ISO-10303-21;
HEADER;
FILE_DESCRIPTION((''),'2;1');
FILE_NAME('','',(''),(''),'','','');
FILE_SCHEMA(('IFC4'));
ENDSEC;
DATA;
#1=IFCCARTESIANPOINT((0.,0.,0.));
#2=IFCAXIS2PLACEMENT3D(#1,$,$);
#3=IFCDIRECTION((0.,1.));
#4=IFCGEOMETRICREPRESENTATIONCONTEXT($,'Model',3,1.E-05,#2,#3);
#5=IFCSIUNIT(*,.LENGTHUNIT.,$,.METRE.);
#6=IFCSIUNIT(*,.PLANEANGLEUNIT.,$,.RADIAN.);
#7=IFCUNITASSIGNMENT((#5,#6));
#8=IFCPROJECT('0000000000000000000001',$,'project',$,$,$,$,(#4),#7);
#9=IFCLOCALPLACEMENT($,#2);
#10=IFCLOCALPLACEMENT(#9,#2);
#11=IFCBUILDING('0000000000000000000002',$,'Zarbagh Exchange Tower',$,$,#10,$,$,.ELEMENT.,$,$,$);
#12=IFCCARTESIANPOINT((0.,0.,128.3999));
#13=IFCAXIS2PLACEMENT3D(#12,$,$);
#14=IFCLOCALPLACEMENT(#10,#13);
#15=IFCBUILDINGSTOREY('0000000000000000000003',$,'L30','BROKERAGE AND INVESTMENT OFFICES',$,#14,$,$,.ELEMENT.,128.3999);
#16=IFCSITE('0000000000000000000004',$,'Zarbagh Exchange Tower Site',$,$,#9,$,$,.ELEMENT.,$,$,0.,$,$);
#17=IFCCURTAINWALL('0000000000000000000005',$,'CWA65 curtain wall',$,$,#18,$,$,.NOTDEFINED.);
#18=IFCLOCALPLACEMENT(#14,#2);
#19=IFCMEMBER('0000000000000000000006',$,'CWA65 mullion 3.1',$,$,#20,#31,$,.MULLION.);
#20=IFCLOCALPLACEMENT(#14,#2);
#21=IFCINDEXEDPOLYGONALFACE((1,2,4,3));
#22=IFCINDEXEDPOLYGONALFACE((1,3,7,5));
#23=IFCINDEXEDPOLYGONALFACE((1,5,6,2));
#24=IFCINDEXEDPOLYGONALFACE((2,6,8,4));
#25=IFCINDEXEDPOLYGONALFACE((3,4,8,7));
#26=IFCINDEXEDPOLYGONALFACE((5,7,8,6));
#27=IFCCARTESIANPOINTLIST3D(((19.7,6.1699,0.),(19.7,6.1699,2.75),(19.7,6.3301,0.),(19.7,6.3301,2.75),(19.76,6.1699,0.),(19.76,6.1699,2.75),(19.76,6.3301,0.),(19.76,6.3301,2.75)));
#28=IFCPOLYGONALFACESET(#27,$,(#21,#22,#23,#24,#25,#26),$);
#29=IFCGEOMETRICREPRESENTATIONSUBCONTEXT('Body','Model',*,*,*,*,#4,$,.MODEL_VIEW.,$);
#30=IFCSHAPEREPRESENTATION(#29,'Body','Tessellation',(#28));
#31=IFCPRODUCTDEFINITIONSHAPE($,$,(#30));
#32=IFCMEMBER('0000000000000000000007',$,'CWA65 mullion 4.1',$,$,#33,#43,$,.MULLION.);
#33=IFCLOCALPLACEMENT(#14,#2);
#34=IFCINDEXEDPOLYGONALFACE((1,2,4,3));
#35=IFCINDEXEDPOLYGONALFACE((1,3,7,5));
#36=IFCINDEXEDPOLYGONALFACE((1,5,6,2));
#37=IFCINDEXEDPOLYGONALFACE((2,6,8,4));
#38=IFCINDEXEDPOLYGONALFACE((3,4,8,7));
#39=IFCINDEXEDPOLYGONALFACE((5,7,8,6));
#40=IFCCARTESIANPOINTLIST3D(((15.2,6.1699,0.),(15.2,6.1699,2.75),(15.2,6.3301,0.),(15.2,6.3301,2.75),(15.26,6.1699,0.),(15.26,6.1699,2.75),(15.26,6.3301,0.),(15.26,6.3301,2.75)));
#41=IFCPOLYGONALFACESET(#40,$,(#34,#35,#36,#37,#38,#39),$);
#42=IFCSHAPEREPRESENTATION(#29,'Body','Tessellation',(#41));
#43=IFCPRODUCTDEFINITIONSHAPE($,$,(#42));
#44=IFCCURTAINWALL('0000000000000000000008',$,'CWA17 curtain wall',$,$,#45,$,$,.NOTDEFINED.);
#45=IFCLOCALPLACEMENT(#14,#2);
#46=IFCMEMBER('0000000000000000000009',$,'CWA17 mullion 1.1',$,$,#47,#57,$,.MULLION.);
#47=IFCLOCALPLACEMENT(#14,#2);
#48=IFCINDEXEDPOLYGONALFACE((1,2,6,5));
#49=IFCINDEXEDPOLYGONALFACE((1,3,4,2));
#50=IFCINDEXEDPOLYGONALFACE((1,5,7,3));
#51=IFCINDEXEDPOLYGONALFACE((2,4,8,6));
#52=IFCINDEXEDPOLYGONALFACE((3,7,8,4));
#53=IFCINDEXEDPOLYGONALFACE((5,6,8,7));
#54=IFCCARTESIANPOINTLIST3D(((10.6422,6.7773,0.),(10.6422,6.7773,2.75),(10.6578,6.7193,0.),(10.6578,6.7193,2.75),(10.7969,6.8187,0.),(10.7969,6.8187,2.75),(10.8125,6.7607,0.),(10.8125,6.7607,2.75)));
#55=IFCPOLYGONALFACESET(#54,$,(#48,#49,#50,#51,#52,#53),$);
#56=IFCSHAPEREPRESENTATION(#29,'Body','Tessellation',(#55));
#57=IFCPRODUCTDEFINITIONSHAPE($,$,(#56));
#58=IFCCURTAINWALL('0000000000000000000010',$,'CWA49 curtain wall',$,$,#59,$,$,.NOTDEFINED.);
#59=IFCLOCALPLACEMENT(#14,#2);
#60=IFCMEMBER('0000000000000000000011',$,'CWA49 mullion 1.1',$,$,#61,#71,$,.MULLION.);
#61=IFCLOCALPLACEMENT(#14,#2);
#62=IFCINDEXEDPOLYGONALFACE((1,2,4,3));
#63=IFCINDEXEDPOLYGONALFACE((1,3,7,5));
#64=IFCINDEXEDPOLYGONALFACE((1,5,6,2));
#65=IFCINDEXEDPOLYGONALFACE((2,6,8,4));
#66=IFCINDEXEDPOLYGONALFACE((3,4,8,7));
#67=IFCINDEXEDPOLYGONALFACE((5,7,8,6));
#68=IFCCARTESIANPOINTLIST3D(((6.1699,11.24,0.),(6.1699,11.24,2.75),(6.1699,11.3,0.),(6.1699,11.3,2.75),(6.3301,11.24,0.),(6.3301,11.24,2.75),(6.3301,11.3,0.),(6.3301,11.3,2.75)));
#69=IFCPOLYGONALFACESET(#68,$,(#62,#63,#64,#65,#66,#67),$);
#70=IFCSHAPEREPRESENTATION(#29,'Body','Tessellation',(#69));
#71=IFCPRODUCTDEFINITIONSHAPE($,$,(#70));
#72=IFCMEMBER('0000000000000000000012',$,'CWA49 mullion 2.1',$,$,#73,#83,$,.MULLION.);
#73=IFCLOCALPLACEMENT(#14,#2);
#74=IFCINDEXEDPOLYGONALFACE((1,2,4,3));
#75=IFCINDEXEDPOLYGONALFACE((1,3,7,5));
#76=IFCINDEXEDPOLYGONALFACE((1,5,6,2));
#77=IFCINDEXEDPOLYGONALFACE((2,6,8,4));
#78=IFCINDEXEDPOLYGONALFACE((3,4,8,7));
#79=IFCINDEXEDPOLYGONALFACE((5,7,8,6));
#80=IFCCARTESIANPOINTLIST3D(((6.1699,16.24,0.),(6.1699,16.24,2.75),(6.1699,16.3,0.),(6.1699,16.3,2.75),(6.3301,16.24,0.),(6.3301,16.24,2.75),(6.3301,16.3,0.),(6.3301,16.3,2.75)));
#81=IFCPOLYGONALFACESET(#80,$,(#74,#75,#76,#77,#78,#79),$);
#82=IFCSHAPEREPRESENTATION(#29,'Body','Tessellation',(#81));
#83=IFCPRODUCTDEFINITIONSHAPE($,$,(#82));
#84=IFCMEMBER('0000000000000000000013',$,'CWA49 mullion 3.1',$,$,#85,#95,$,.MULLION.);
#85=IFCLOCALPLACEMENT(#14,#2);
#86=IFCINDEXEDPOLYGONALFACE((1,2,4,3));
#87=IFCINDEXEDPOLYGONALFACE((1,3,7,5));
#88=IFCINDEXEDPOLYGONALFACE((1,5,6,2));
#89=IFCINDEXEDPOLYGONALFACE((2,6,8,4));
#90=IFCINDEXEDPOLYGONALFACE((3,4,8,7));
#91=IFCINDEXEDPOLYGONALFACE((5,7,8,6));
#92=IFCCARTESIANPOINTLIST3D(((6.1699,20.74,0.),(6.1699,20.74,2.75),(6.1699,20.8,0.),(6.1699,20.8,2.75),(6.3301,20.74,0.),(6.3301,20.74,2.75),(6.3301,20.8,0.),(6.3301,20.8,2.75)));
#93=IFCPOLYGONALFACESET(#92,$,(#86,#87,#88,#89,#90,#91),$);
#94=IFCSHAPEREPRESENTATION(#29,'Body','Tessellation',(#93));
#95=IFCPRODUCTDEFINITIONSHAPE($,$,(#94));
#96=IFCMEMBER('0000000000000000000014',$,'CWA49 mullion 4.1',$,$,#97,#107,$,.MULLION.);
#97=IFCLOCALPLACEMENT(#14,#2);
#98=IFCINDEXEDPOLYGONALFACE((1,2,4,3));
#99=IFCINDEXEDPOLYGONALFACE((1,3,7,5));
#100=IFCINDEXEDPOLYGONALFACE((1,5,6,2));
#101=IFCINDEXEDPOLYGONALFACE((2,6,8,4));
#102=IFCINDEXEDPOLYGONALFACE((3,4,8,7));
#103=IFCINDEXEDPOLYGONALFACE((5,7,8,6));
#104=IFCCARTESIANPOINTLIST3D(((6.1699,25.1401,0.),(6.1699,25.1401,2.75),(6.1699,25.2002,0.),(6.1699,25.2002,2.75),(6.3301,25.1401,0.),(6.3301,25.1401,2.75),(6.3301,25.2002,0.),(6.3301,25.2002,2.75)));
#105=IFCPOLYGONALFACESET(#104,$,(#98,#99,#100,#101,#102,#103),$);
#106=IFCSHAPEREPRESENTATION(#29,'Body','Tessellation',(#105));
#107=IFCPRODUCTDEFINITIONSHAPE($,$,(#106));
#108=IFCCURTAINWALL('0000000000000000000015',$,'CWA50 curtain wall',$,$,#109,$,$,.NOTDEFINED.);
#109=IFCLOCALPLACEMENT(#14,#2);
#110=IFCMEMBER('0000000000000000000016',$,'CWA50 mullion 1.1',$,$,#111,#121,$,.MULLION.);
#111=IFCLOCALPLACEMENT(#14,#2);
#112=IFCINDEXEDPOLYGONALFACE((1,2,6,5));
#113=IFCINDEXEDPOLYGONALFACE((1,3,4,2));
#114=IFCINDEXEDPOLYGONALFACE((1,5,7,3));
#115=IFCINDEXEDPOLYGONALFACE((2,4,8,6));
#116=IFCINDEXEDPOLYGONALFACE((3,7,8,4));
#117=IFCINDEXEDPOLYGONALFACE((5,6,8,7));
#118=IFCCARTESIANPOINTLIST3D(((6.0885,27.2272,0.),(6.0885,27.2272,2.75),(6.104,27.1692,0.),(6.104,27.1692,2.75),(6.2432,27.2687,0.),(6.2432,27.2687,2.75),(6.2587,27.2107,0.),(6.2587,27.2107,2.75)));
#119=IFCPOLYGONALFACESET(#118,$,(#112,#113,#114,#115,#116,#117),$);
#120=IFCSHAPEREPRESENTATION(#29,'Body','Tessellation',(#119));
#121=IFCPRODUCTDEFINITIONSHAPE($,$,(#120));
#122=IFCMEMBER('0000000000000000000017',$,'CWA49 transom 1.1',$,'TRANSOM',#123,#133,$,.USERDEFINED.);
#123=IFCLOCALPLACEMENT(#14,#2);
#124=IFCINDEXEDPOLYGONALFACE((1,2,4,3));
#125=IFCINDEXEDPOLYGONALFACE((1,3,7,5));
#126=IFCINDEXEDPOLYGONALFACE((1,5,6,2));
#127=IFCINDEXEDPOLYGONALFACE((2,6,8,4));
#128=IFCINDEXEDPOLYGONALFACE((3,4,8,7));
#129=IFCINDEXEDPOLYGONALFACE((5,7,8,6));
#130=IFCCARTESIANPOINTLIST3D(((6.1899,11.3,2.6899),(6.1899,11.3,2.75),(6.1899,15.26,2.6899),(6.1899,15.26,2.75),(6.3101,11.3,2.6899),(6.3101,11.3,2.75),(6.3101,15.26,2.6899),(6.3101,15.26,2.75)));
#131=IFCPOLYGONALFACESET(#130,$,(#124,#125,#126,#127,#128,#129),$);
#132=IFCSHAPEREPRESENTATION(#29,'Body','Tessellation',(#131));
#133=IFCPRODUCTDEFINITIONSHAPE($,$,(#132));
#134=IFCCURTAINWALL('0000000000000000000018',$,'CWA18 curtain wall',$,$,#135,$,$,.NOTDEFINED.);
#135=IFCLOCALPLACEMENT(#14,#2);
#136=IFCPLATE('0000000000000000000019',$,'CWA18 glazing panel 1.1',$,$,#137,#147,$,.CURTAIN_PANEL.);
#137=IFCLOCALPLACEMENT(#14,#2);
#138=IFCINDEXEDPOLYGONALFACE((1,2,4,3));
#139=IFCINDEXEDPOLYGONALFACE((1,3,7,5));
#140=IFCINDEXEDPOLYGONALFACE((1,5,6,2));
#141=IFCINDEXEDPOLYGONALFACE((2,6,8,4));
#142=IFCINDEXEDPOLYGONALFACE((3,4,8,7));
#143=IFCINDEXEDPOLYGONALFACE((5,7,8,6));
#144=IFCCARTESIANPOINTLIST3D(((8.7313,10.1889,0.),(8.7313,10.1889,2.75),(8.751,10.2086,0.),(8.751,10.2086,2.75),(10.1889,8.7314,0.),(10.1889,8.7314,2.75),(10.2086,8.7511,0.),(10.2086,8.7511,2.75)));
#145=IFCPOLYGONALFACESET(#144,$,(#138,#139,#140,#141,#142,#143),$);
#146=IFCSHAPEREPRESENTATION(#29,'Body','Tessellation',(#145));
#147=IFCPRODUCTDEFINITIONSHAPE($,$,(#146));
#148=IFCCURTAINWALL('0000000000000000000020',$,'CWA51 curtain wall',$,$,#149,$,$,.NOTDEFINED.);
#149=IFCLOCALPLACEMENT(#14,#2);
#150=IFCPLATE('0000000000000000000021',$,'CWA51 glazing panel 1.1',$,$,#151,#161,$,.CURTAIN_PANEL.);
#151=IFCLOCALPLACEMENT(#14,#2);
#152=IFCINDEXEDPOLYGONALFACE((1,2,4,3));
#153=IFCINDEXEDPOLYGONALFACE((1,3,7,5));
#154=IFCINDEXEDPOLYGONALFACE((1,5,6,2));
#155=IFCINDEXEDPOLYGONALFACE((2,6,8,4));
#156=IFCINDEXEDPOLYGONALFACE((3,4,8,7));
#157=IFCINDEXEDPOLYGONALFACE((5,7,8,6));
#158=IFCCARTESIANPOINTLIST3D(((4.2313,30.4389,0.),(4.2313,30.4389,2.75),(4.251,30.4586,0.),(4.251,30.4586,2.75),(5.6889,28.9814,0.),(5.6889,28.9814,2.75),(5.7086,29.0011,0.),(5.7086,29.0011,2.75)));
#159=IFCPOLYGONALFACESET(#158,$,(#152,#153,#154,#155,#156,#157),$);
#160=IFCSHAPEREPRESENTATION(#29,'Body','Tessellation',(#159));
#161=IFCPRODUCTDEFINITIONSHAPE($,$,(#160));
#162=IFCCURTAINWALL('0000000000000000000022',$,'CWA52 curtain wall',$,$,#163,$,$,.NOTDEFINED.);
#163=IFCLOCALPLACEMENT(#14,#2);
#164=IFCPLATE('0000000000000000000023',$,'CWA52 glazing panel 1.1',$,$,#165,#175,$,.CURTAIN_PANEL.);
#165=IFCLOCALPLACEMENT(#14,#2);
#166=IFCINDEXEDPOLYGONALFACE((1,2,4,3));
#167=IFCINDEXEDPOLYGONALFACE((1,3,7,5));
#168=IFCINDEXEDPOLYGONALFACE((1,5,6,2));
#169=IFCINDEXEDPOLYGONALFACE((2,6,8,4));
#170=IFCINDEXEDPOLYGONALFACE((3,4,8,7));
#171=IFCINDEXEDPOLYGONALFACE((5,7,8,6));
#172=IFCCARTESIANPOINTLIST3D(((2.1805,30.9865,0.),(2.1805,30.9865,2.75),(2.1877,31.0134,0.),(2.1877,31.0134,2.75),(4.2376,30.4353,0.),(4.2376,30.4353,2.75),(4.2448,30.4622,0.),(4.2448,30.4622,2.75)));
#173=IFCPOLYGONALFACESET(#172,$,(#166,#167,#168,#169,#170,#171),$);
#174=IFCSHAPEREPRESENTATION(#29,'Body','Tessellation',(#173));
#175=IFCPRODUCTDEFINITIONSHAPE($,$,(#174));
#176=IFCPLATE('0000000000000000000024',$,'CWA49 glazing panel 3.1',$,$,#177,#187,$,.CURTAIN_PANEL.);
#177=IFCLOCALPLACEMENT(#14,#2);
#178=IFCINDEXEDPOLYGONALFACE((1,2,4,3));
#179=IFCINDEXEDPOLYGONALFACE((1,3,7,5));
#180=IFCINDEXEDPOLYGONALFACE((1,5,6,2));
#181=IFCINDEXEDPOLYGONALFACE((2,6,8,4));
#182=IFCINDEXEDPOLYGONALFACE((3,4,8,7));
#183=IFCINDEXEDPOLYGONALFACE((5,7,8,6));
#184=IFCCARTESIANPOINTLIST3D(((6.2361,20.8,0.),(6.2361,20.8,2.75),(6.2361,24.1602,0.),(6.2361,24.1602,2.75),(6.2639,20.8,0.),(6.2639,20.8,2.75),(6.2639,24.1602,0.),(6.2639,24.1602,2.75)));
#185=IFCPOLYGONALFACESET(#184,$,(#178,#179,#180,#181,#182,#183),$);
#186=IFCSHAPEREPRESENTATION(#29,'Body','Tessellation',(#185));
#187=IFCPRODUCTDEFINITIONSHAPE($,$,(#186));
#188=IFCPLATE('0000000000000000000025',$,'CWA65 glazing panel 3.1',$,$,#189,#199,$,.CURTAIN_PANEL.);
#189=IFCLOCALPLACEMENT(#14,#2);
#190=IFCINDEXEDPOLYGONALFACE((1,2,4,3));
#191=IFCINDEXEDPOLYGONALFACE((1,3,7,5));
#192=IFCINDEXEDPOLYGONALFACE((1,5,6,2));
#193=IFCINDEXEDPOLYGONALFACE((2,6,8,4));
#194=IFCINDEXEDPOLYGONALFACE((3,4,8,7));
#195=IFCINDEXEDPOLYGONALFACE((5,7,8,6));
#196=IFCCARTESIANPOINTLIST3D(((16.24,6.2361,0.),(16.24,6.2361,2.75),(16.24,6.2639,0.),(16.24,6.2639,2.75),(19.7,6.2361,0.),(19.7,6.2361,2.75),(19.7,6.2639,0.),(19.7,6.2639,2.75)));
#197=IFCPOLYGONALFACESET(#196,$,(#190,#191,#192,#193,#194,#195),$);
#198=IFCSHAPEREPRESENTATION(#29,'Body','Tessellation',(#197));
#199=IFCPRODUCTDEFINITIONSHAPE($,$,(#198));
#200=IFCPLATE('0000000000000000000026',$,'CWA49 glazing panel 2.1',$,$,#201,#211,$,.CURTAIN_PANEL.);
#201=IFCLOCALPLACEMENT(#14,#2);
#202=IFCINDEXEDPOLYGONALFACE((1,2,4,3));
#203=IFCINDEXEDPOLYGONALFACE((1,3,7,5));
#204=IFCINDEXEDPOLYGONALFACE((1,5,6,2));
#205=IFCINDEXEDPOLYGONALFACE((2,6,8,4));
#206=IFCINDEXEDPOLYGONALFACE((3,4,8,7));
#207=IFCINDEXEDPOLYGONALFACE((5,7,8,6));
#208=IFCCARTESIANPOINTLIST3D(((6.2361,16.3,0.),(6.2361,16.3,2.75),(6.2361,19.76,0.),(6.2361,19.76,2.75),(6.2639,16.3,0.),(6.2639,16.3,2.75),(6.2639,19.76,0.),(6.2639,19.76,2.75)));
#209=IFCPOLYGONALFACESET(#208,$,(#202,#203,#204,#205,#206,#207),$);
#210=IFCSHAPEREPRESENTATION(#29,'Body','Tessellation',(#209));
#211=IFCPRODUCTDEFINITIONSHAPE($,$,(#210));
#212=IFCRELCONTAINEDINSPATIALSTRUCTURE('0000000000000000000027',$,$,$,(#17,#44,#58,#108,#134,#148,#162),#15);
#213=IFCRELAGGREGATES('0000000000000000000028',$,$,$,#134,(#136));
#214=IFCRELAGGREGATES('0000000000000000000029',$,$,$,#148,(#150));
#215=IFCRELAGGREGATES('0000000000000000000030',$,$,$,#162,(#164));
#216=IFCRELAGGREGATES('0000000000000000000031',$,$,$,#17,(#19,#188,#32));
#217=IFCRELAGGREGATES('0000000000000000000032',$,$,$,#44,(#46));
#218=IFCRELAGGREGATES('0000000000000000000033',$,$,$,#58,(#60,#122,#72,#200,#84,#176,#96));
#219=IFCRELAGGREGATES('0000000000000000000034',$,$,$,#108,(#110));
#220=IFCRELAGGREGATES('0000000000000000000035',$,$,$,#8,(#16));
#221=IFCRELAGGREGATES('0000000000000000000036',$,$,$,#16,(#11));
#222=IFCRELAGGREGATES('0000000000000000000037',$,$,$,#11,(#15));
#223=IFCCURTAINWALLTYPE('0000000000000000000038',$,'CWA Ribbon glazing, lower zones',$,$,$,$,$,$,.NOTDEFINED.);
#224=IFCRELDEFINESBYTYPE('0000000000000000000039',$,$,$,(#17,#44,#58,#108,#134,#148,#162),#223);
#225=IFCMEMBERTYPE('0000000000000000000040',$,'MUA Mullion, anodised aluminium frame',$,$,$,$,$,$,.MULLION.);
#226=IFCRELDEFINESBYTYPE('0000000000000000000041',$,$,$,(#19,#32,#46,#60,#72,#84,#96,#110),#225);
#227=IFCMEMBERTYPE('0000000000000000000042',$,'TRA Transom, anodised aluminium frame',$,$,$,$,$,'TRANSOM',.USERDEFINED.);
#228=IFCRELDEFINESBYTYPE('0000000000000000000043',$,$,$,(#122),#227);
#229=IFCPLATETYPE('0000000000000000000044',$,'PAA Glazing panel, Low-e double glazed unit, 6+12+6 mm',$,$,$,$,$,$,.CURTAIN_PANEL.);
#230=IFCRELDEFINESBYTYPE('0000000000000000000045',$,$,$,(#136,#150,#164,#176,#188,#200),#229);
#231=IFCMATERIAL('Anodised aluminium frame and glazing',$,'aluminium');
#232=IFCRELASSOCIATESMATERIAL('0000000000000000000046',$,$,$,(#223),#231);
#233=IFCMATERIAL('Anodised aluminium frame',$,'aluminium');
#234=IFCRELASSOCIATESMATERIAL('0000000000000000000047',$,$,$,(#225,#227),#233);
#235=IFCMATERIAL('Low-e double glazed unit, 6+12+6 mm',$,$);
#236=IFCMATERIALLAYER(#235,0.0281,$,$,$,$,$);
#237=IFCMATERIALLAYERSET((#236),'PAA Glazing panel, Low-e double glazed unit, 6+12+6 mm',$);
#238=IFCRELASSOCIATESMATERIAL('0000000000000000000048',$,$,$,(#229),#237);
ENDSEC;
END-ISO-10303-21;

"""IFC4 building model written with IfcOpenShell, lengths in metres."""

from ifc_helpers import new_model, si_unit, direction, frame, origin, place, context, subcontext, project, spatial, polyline, outline, extrude, source, transform, mapped, material, layer, layer_set, type_object, element, aggregate, save


model = new_model("IFC4")

# Units and contexts
model_context = context("Model", 3, precision=1e-05, world=origin(), true_north=direction((0.0, 1.0)))
body_context = subcontext(model_context, "Body", "Model", "MODEL_VIEW")
ifc_project = project(units=[si_unit("LENGTHUNIT", "METRE"), si_unit("PLANEANGLEUNIT", "RADIAN")], contexts=[model_context])

# Site, building, storey
site_placement = place(None, origin())
site = spatial("IfcSite", under=ifc_project, at=site_placement, Name="Zarbagh Exchange Tower Site", CompositionType="ELEMENT", RefElevation=0.0)
building_placement = place(site_placement, origin())
building = spatial("IfcBuilding", under=site, at=building_placement, Name="Zarbagh Exchange Tower", CompositionType="ELEMENT")
storey_placement = place(building_placement, frame((0.0, 0.0, 128.3999)))
storey = spatial("IfcBuildingStorey", under=building, at=storey_placement, Name="L30", Description="BROKERAGE AND INVESTMENT OFFICES", CompositionType="ELEMENT", Elevation=128.3999)

# Curtain wall, members
ifc_material_1 = material(Name="Anodised aluminium frame and glazing", Category="aluminium")
curtain_wall_type = type_object("IfcCurtainWallType", Name="CWA Ribbon glazing, lower zones", PredefinedType="NOTDEFINED", material=ifc_material_1)
curtain_wall_1_placement = place(storey_placement, origin())
curtain_wall_1 = element("IfcCurtainWall", 1, at=curtain_wall_1_placement, inside=storey, type_object=curtain_wall_type, Name="CWA65 curtain wall", PredefinedType="NOTDEFINED")
ifc_material_2 = material(Name="Anodised aluminium frame", Category="aluminium")
member_type_1 = type_object("IfcMemberType", Name="MUA Mullion, anodised aluminium frame", PredefinedType="MULLION", material=ifc_material_2)
shared_shape_1 = source(origin(), body_context, "Body", "SweptSolid", [
    extrude(outline(polyline([(0.0, -0.0801), (0.0601, -0.0801), (0.0601, 0.0801), (0.0, 0.0801), (0.0, -0.0801)])), origin(), (0.0, 0.0, 1.0), 2.75),
])
placement = place(storey_placement, origin())
member_1 = element("IfcMember", 2, at=placement, type_object=member_type_1, Name="CWA65 mullion 3.1", PredefinedType="MULLION", context=body_context, shape_type="MappedRepresentation", body=[
    mapped(shared_shape_1, transform((19.76, 6.25, 0.0), x_axis=(-1.0, 0.0, 0.0), y_axis=(0.0, -1.0, 0.0), z_axis=(0.0, 0.0, 1.0))),
])
member_2 = element("IfcMember", 3, at=placement, type_object=member_type_1, Name="CWA65 mullion 4.1", PredefinedType="MULLION", context=body_context, shape_type="MappedRepresentation", body=[
    mapped(shared_shape_1, transform((15.26, 6.25, 0.0), x_axis=(-1.0, 0.0, 0.0), y_axis=(0.0, -1.0, 0.0), z_axis=(0.0, 0.0, 1.0))),
])

# Curtain wall, member
curtain_wall_2_placement = place(storey_placement, origin())
curtain_wall_2 = element("IfcCurtainWall", 4, at=curtain_wall_2_placement, inside=storey, type_object=curtain_wall_type, Name="CWA17 curtain wall", PredefinedType="NOTDEFINED")
member_3 = element("IfcMember", 5, at=placement, type_object=member_type_1, Name="CWA17 mullion 1.1", PredefinedType="MULLION", context=body_context, shape_type="MappedRepresentation", body=[
    mapped(shared_shape_1, transform((10.7351, 6.74, 0.0), x_axis=(-0.258825, 0.965924, 0.0), y_axis=(-0.965924, -0.258825, 0.0), z_axis=(0.0, 0.0, 1.0))),
])

# Curtain wall, members
curtain_wall_3_placement = place(storey_placement, origin())
curtain_wall_3 = element("IfcCurtainWall", 6, at=curtain_wall_3_placement, inside=storey, type_object=curtain_wall_type, Name="CWA49 curtain wall", PredefinedType="NOTDEFINED")
member_4 = element("IfcMember", 7, at=placement, type_object=member_type_1, Name="CWA49 mullion 1.1", PredefinedType="MULLION", context=body_context, shape_type="MappedRepresentation", body=[
    mapped(shared_shape_1, transform((6.25, 11.24, 0.0), x_axis=(0.0, 1.0, 0.0), y_axis=(-1.0, 0.0, 0.0), z_axis=(0.0, 0.0, 1.0))),
])
member_5 = element("IfcMember", 8, at=placement, type_object=member_type_1, Name="CWA49 mullion 2.1", PredefinedType="MULLION", context=body_context, shape_type="MappedRepresentation", body=[
    mapped(shared_shape_1, transform((6.25, 16.24, 0.0), x_axis=(0.0, 1.0, 0.0), y_axis=(-1.0, 0.0, 0.0), z_axis=(0.0, 0.0, 1.0))),
])
member_6 = element("IfcMember", 9, at=placement, type_object=member_type_1, Name="CWA49 mullion 3.1", PredefinedType="MULLION", context=body_context, shape_type="MappedRepresentation", body=[
    mapped(shared_shape_1, transform((6.25, 20.74, 0.0), x_axis=(0.0, 1.0, 0.0), y_axis=(-1.0, 0.0, 0.0), z_axis=(0.0, 0.0, 1.0))),
])
member_7 = element("IfcMember", 10, at=placement, type_object=member_type_1, Name="CWA49 mullion 4.1", PredefinedType="MULLION", context=body_context, shape_type="MappedRepresentation", body=[
    mapped(shared_shape_1, transform((6.25, 25.1401, 0.0), x_axis=(0.0, 1.0, 0.0), y_axis=(-1.0, 0.0, 0.0), z_axis=(0.0, 0.0, 1.0))),
])

# Curtain wall, member
curtain_wall_4_placement = place(storey_placement, origin())
curtain_wall_4 = element("IfcCurtainWall", 11, at=curtain_wall_4_placement, inside=storey, type_object=curtain_wall_type, Name="CWA50 curtain wall", PredefinedType="NOTDEFINED")
member_8 = element("IfcMember", 12, at=placement, type_object=member_type_1, Name="CWA50 mullion 1.1", PredefinedType="MULLION", context=body_context, shape_type="MappedRepresentation", body=[
    mapped(shared_shape_1, transform((6.1814, 27.1899, 0.0), x_axis=(-0.258825, 0.965924, 0.0), y_axis=(-0.965924, -0.258825, 0.0), z_axis=(0.0, 0.0, 1.0))),
])

# Member
member_type_2 = type_object("IfcMemberType", Name="TRA Transom, anodised aluminium frame", ElementType="TRANSOM", PredefinedType="USERDEFINED", material=ifc_material_2)
shared_shape_2 = source(origin(), body_context, "Body", "SweptSolid", [
    extrude(outline(polyline([(-0.0601, -0.0601), (0.0, -0.0601), (0.0, 0.0601), (-0.0601, 0.0601), (-0.0601, -0.0601)])), origin(), (0.0, 0.0, 1.0), 3.96),
])
member_9 = element("IfcMember", 13, at=placement, type_object=member_type_2, Name="CWA49 transom 1.1", ObjectType="TRANSOM", PredefinedType="USERDEFINED", context=body_context, shape_type="MappedRepresentation", body=[
    mapped(shared_shape_2, transform((6.25, 11.3, 2.75), x_axis=(0.0, 0.0, 1.0), y_axis=(1.0, 0.0, 0.0), z_axis=(0.0, 1.0, 0.0))),
])

# Curtain walls, plates
curtain_wall_5_placement = place(storey_placement, origin())
curtain_wall_5 = element("IfcCurtainWall", 14, at=curtain_wall_5_placement, inside=storey, type_object=curtain_wall_type, Name="CWA18 curtain wall", PredefinedType="NOTDEFINED")
ifc_material_3 = material(Name="Low-e double glazed unit, 6+12+6 mm")
ifc_layer_1 = layer(ifc_material_3, 0.0281)
ifc_layer_set_1 = layer_set([ifc_layer_1], Name="PAA Glazing panel, Low-e double glazed unit, 6+12+6 mm")
plate_type = type_object("IfcPlateType", Name="PAA Glazing panel, Low-e double glazed unit, 6+12+6 mm", PredefinedType="CURTAIN_PANEL", material=ifc_layer_set_1)
shared_shape_3 = source(origin(), body_context, "Body", "SweptSolid", [
    extrude(outline(polyline([(0.0, -0.0139), (2.0613, -0.0139), (2.0613, 0.0139), (0.0, 0.0139), (0.0, -0.0139)])), origin(), (0.0, 0.0, 1.0), 2.75),
])
plate_1 = element("IfcPlate", 15, at=placement, type_object=plate_type, Name="CWA18 glazing panel 1.1", PredefinedType="CURTAIN_PANEL", context=body_context, shape_type="MappedRepresentation", body=[
    mapped(shared_shape_3, transform((10.1987, 8.7412, 0.0), x_axis=(-0.707107, 0.707107, 0.0), y_axis=(-0.707107, -0.707107, 0.0), z_axis=(0.0, 0.0, 1.0))),
])
aggregate(curtain_wall_5, [plate_1])
curtain_wall_6_placement = place(storey_placement, origin())
curtain_wall_6 = element("IfcCurtainWall", 16, at=curtain_wall_6_placement, inside=storey, type_object=curtain_wall_type, Name="CWA51 curtain wall", PredefinedType="NOTDEFINED")
plate_2 = element("IfcPlate", 17, at=placement, type_object=plate_type, Name="CWA51 glazing panel 1.1", PredefinedType="CURTAIN_PANEL", context=body_context, shape_type="MappedRepresentation", body=[
    mapped(shared_shape_3, transform((5.6987, 28.9912, 0.0), x_axis=(-0.707107, 0.707107, 0.0), y_axis=(-0.707107, -0.707107, 0.0), z_axis=(0.0, 0.0, 1.0))),
])
aggregate(curtain_wall_6, [plate_2])
curtain_wall_7_placement = place(storey_placement, origin())
curtain_wall_7 = element("IfcCurtainWall", 18, at=curtain_wall_7_placement, inside=storey, type_object=curtain_wall_type, Name="CWA52 curtain wall", PredefinedType="NOTDEFINED")
shared_shape_4 = source(origin(), body_context, "Body", "SweptSolid", [
    extrude(outline(polyline([(0.0, -0.0139), (2.1296, -0.0139), (2.1296, 0.0139), (0.0, 0.0139), (0.0, -0.0139)])), origin(), (0.0, 0.0, 1.0), 2.75),
])
plate_3 = element("IfcPlate", 19, at=placement, type_object=plate_type, Name="CWA52 glazing panel 1.1", PredefinedType="CURTAIN_PANEL", context=body_context, shape_type="MappedRepresentation", body=[
    mapped(shared_shape_4, transform((4.2412, 30.4487, 0.0), x_axis=(-0.965924, 0.258825, 0.0), y_axis=(-0.258825, -0.965924, 0.0), z_axis=(0.0, 0.0, 1.0))),
])
aggregate(curtain_wall_7, [plate_3])

# Plates
shared_shape_5 = source(origin(), body_context, "Body", "SweptSolid", [
    extrude(outline(polyline([(0.0, -0.0139), (3.3601, -0.0139), (3.3601, 0.0139), (0.0, 0.0139), (0.0, -0.0139)])), origin(), (0.0, 0.0, 1.0), 2.75),
])
plate_4 = element("IfcPlate", 20, at=placement, type_object=plate_type, Name="CWA49 glazing panel 3.1", PredefinedType="CURTAIN_PANEL", context=body_context, shape_type="MappedRepresentation", body=[
    mapped(shared_shape_5, transform((6.25, 20.8, 0.0), x_axis=(0.0, 1.0, 0.0), y_axis=(-1.0, 0.0, 0.0), z_axis=(0.0, 0.0, 1.0))),
])
shared_shape_6 = source(origin(), body_context, "Body", "SweptSolid", [
    extrude(outline(polyline([(0.0, -0.0139), (3.46, -0.0139), (3.46, 0.0139), (0.0, 0.0139), (0.0, -0.0139)])), origin(), (0.0, 0.0, 1.0), 2.75),
])
plate_5 = element("IfcPlate", 21, at=placement, type_object=plate_type, Name="CWA65 glazing panel 3.1", PredefinedType="CURTAIN_PANEL", context=body_context, shape_type="MappedRepresentation", body=[
    mapped(shared_shape_6, transform((19.7, 6.25, 0.0), x_axis=(-1.0, 0.0, 0.0), y_axis=(0.0, -1.0, 0.0), z_axis=(0.0, 0.0, 1.0))),
])
plate_6 = element("IfcPlate", 22, at=placement, type_object=plate_type, Name="CWA49 glazing panel 2.1", PredefinedType="CURTAIN_PANEL", context=body_context, shape_type="MappedRepresentation", body=[
    mapped(shared_shape_6, transform((6.25, 16.3, 0.0), x_axis=(0.0, 1.0, 0.0), y_axis=(-1.0, 0.0, 0.0), z_axis=(0.0, 0.0, 1.0))),
])
aggregate(curtain_wall_1, [member_1, plate_5, member_2])
aggregate(curtain_wall_2, [member_3])

aggregate(curtain_wall_3, [member_4, member_9, member_5, plate_6, member_6, plate_4, member_7])
aggregate(curtain_wall_4, [member_8])

save(model, "model.ifc")
